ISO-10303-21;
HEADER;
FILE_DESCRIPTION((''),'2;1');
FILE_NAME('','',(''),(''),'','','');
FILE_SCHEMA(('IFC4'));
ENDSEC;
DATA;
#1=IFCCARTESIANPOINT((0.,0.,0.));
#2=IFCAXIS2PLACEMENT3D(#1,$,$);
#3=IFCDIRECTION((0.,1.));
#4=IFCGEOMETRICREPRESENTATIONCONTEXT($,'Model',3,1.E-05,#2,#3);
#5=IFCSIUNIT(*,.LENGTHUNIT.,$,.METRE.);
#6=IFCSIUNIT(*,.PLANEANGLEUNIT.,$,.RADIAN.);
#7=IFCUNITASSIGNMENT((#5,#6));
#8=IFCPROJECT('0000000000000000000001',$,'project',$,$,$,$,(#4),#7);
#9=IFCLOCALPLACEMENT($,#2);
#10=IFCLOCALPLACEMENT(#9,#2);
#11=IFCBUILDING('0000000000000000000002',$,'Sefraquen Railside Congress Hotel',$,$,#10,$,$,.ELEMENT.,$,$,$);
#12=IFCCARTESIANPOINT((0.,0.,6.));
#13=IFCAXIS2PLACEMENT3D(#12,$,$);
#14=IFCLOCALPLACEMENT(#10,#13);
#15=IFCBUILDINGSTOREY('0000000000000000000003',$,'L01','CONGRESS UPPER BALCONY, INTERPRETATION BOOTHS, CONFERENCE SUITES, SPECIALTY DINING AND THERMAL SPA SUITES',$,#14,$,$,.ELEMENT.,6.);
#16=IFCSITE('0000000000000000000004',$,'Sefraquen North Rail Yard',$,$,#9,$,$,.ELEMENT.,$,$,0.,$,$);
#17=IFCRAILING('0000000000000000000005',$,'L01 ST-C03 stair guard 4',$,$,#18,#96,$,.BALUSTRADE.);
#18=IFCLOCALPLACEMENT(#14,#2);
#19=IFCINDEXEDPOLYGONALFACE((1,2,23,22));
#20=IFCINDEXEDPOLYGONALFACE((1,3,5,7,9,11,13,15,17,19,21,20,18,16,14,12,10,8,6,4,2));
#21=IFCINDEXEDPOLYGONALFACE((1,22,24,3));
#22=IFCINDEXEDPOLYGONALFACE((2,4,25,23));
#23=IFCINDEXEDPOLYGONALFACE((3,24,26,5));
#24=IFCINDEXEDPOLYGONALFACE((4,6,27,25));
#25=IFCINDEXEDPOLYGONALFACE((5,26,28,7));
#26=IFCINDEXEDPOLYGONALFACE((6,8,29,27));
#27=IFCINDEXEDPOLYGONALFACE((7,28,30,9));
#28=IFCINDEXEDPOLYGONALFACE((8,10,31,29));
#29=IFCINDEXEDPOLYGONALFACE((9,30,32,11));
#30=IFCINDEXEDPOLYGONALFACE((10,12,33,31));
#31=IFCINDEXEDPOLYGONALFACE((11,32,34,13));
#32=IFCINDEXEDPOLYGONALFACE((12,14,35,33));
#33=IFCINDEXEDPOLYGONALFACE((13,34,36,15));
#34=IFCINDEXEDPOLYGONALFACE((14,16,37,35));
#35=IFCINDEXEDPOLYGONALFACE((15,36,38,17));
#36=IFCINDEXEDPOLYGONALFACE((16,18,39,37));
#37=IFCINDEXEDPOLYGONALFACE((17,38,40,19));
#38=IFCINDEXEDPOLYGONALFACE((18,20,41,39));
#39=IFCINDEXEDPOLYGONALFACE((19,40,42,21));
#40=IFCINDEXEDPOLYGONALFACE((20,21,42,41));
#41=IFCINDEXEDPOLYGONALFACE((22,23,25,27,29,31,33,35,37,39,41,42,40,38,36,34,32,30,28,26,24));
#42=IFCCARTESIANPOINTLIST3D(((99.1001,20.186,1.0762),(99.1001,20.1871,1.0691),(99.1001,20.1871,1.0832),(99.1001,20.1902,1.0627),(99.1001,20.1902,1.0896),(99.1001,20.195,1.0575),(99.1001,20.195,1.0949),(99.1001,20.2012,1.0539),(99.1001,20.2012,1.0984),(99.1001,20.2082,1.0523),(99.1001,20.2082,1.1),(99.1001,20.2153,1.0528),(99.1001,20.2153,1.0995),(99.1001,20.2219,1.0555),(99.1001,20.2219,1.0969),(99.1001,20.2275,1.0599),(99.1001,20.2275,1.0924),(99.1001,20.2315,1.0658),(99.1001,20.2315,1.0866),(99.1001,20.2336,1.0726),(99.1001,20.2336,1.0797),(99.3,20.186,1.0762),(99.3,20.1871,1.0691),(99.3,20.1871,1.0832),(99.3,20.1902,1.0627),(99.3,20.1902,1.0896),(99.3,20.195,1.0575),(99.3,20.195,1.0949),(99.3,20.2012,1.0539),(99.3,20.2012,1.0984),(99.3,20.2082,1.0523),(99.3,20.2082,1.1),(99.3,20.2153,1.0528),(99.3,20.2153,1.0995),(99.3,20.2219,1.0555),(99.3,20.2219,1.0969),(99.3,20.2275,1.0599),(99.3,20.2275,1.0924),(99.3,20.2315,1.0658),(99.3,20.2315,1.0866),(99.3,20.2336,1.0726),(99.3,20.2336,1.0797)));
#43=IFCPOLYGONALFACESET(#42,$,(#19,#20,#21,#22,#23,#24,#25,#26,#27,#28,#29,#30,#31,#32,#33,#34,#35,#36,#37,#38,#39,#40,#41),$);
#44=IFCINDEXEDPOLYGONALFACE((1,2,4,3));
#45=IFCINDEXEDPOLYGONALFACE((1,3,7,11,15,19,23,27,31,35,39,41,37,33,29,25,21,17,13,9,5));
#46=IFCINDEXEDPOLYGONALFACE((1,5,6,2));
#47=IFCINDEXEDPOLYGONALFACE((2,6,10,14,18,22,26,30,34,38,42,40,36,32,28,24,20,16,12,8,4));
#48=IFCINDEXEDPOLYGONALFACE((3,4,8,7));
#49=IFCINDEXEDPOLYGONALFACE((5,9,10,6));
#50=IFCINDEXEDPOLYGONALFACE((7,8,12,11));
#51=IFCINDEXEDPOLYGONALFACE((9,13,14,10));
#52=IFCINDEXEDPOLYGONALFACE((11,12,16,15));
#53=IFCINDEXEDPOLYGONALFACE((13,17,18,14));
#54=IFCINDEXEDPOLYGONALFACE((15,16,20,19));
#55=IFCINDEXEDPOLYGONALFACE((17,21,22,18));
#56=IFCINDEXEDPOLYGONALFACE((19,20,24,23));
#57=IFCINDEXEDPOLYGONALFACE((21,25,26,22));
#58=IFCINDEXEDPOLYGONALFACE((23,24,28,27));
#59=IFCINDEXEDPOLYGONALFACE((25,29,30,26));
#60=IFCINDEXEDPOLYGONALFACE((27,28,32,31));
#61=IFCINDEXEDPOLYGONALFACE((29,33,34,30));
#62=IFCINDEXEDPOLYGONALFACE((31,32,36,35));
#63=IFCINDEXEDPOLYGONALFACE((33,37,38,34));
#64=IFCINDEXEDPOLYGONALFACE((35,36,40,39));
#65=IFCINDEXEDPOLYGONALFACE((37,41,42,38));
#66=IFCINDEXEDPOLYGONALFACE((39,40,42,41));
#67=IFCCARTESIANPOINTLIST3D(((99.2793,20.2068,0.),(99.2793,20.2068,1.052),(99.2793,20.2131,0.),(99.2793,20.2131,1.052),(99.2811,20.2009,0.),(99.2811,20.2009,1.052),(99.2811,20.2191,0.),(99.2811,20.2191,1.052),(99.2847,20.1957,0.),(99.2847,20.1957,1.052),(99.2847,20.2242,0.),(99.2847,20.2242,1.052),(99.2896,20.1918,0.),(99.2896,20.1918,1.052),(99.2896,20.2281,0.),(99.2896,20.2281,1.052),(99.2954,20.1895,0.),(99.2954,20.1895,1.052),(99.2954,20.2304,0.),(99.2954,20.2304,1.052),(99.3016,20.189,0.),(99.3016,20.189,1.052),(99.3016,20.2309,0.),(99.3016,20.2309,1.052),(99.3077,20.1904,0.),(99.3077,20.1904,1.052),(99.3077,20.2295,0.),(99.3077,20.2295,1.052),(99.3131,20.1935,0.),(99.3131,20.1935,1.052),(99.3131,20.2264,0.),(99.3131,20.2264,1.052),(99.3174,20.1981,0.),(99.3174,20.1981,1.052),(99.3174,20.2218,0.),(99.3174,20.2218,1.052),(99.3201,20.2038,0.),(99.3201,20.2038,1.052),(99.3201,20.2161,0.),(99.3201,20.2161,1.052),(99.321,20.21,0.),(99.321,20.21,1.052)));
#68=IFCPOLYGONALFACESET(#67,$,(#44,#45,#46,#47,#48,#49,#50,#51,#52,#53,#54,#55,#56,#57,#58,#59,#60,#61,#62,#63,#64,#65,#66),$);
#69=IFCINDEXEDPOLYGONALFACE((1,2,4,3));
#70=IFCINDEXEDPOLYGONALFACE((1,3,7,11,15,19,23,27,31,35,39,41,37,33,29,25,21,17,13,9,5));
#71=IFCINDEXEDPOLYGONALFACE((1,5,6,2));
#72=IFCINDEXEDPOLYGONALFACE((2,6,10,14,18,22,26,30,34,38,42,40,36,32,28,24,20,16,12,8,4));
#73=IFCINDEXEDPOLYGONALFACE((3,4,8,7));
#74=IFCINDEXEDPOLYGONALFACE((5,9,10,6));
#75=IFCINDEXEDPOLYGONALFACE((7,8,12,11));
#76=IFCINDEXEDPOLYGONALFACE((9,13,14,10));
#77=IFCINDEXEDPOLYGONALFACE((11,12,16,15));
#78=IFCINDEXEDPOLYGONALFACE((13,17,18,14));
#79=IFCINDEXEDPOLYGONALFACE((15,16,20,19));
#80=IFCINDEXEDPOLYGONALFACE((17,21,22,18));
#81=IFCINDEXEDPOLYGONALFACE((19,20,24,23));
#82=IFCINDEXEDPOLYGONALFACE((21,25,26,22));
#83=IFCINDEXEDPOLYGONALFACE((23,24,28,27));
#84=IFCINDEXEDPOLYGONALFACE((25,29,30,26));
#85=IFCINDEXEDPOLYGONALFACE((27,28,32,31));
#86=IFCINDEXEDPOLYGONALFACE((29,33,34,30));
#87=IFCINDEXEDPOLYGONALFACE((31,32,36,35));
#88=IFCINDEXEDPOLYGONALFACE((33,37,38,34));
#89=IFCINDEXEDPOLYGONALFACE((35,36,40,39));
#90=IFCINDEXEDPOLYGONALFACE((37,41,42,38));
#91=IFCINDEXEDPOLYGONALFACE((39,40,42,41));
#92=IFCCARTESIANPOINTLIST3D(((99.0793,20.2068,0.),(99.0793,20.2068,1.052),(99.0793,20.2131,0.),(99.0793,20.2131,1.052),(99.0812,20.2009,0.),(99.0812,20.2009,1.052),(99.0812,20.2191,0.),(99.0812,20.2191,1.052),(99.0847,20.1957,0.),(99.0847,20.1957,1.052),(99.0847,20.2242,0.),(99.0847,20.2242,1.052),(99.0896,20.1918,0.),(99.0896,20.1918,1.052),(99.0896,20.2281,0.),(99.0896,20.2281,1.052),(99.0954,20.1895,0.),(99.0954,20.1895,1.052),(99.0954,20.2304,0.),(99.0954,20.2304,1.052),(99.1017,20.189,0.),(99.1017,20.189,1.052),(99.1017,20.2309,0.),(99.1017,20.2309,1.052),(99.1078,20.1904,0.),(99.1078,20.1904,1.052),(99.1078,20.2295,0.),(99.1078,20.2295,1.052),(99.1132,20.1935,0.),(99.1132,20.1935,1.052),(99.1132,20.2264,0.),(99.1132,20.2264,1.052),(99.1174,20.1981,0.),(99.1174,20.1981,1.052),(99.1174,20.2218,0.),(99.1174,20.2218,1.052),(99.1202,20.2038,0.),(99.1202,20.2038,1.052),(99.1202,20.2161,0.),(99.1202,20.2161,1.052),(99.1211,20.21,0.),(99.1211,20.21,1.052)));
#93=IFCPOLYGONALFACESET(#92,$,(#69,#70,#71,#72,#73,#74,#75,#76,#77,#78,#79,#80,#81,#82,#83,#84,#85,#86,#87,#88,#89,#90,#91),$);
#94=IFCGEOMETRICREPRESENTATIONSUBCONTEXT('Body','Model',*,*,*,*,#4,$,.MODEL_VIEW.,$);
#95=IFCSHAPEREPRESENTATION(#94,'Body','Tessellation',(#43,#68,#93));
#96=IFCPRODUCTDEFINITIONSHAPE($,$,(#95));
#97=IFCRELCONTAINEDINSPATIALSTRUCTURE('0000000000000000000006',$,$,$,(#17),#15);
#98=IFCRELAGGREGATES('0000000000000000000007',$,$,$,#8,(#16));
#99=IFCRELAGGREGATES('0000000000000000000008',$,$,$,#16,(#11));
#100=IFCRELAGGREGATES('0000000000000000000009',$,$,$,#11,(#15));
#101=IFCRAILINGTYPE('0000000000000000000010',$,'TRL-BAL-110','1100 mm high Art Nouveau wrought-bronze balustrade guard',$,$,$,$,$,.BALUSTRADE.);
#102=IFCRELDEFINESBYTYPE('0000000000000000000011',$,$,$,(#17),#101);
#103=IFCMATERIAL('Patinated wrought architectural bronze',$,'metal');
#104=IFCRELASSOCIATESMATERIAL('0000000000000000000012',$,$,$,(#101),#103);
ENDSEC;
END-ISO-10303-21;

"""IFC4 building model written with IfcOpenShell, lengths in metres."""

from ifc_helpers import new_model, si_unit, direction, frame, origin, origin_2d, place, context, subcontext, project, spatial, circle, extrude, material, type_object, element, save


model = new_model("IFC4")

# Units and contexts
model_context = context("Model", 3, precision=1e-05, world=origin(), true_north=direction((0.0, 1.0)))
body_context = subcontext(model_context, "Body", "Model", "MODEL_VIEW")
ifc_project = project(units=[si_unit("LENGTHUNIT", "METRE"), si_unit("PLANEANGLEUNIT", "RADIAN")], contexts=[model_context])

# Site, building, storey
site_placement = place(None, origin())
site = spatial("IfcSite", under=ifc_project, at=site_placement, Name="Sefraquen North Rail Yard", CompositionType="ELEMENT", RefElevation=0.0)
building_placement = place(site_placement, origin())
building = spatial("IfcBuilding", under=site, at=building_placement, Name="Sefraquen Railside Congress Hotel", CompositionType="ELEMENT")
storey_placement = place(building_placement, frame((0.0, 0.0, 6.0)))
storey = spatial("IfcBuildingStorey", under=building, at=storey_placement, Name="L01", Description="CONGRESS UPPER BALCONY, INTERPRETATION BOOTHS, CONFERENCE SUITES, SPECIALTY DINING AND THERMAL SPA SUITES", CompositionType="ELEMENT", Elevation=6.0)

# Railing
ifc_material_1 = material(Name="Patinated wrought architectural bronze", Category="metal")
railing_type_1 = type_object("IfcRailingType", Name="TRL-BAL-110", Description="1100 mm high Art Nouveau wrought-bronze balustrade guard", PredefinedType="BALUSTRADE", material=ifc_material_1)
railing_1_placement = place(storey_placement, frame((99.3, 20.21, 0.0)))
element("IfcRailing", 1, at=railing_1_placement, inside=storey, type_object=railing_type_1, Name="L01 ST-C03 stair guard 4", PredefinedType="BALUSTRADE", context=body_context, shape_type="SweptSolid", body=[
    extrude(circle(Radius=0.0239, at=origin_2d()), frame((0.0, 0.0, 1.0762), z_axis=(-1.0, 0.0, 0.0), x_axis=(0.0, -1.0, 0.0)), (0.0, 0.0, 1.0), 0.2),
    extrude(circle(Radius=0.021, at=origin_2d()), origin(), (0.0, 0.0, 1.0), 1.052),
    extrude(circle(Radius=0.021, at=origin_2d()), frame((-0.2, 0.0, 0.0)), (0.0, 0.0, 1.0), 1.052),
])

save(model, "model.ifc")
